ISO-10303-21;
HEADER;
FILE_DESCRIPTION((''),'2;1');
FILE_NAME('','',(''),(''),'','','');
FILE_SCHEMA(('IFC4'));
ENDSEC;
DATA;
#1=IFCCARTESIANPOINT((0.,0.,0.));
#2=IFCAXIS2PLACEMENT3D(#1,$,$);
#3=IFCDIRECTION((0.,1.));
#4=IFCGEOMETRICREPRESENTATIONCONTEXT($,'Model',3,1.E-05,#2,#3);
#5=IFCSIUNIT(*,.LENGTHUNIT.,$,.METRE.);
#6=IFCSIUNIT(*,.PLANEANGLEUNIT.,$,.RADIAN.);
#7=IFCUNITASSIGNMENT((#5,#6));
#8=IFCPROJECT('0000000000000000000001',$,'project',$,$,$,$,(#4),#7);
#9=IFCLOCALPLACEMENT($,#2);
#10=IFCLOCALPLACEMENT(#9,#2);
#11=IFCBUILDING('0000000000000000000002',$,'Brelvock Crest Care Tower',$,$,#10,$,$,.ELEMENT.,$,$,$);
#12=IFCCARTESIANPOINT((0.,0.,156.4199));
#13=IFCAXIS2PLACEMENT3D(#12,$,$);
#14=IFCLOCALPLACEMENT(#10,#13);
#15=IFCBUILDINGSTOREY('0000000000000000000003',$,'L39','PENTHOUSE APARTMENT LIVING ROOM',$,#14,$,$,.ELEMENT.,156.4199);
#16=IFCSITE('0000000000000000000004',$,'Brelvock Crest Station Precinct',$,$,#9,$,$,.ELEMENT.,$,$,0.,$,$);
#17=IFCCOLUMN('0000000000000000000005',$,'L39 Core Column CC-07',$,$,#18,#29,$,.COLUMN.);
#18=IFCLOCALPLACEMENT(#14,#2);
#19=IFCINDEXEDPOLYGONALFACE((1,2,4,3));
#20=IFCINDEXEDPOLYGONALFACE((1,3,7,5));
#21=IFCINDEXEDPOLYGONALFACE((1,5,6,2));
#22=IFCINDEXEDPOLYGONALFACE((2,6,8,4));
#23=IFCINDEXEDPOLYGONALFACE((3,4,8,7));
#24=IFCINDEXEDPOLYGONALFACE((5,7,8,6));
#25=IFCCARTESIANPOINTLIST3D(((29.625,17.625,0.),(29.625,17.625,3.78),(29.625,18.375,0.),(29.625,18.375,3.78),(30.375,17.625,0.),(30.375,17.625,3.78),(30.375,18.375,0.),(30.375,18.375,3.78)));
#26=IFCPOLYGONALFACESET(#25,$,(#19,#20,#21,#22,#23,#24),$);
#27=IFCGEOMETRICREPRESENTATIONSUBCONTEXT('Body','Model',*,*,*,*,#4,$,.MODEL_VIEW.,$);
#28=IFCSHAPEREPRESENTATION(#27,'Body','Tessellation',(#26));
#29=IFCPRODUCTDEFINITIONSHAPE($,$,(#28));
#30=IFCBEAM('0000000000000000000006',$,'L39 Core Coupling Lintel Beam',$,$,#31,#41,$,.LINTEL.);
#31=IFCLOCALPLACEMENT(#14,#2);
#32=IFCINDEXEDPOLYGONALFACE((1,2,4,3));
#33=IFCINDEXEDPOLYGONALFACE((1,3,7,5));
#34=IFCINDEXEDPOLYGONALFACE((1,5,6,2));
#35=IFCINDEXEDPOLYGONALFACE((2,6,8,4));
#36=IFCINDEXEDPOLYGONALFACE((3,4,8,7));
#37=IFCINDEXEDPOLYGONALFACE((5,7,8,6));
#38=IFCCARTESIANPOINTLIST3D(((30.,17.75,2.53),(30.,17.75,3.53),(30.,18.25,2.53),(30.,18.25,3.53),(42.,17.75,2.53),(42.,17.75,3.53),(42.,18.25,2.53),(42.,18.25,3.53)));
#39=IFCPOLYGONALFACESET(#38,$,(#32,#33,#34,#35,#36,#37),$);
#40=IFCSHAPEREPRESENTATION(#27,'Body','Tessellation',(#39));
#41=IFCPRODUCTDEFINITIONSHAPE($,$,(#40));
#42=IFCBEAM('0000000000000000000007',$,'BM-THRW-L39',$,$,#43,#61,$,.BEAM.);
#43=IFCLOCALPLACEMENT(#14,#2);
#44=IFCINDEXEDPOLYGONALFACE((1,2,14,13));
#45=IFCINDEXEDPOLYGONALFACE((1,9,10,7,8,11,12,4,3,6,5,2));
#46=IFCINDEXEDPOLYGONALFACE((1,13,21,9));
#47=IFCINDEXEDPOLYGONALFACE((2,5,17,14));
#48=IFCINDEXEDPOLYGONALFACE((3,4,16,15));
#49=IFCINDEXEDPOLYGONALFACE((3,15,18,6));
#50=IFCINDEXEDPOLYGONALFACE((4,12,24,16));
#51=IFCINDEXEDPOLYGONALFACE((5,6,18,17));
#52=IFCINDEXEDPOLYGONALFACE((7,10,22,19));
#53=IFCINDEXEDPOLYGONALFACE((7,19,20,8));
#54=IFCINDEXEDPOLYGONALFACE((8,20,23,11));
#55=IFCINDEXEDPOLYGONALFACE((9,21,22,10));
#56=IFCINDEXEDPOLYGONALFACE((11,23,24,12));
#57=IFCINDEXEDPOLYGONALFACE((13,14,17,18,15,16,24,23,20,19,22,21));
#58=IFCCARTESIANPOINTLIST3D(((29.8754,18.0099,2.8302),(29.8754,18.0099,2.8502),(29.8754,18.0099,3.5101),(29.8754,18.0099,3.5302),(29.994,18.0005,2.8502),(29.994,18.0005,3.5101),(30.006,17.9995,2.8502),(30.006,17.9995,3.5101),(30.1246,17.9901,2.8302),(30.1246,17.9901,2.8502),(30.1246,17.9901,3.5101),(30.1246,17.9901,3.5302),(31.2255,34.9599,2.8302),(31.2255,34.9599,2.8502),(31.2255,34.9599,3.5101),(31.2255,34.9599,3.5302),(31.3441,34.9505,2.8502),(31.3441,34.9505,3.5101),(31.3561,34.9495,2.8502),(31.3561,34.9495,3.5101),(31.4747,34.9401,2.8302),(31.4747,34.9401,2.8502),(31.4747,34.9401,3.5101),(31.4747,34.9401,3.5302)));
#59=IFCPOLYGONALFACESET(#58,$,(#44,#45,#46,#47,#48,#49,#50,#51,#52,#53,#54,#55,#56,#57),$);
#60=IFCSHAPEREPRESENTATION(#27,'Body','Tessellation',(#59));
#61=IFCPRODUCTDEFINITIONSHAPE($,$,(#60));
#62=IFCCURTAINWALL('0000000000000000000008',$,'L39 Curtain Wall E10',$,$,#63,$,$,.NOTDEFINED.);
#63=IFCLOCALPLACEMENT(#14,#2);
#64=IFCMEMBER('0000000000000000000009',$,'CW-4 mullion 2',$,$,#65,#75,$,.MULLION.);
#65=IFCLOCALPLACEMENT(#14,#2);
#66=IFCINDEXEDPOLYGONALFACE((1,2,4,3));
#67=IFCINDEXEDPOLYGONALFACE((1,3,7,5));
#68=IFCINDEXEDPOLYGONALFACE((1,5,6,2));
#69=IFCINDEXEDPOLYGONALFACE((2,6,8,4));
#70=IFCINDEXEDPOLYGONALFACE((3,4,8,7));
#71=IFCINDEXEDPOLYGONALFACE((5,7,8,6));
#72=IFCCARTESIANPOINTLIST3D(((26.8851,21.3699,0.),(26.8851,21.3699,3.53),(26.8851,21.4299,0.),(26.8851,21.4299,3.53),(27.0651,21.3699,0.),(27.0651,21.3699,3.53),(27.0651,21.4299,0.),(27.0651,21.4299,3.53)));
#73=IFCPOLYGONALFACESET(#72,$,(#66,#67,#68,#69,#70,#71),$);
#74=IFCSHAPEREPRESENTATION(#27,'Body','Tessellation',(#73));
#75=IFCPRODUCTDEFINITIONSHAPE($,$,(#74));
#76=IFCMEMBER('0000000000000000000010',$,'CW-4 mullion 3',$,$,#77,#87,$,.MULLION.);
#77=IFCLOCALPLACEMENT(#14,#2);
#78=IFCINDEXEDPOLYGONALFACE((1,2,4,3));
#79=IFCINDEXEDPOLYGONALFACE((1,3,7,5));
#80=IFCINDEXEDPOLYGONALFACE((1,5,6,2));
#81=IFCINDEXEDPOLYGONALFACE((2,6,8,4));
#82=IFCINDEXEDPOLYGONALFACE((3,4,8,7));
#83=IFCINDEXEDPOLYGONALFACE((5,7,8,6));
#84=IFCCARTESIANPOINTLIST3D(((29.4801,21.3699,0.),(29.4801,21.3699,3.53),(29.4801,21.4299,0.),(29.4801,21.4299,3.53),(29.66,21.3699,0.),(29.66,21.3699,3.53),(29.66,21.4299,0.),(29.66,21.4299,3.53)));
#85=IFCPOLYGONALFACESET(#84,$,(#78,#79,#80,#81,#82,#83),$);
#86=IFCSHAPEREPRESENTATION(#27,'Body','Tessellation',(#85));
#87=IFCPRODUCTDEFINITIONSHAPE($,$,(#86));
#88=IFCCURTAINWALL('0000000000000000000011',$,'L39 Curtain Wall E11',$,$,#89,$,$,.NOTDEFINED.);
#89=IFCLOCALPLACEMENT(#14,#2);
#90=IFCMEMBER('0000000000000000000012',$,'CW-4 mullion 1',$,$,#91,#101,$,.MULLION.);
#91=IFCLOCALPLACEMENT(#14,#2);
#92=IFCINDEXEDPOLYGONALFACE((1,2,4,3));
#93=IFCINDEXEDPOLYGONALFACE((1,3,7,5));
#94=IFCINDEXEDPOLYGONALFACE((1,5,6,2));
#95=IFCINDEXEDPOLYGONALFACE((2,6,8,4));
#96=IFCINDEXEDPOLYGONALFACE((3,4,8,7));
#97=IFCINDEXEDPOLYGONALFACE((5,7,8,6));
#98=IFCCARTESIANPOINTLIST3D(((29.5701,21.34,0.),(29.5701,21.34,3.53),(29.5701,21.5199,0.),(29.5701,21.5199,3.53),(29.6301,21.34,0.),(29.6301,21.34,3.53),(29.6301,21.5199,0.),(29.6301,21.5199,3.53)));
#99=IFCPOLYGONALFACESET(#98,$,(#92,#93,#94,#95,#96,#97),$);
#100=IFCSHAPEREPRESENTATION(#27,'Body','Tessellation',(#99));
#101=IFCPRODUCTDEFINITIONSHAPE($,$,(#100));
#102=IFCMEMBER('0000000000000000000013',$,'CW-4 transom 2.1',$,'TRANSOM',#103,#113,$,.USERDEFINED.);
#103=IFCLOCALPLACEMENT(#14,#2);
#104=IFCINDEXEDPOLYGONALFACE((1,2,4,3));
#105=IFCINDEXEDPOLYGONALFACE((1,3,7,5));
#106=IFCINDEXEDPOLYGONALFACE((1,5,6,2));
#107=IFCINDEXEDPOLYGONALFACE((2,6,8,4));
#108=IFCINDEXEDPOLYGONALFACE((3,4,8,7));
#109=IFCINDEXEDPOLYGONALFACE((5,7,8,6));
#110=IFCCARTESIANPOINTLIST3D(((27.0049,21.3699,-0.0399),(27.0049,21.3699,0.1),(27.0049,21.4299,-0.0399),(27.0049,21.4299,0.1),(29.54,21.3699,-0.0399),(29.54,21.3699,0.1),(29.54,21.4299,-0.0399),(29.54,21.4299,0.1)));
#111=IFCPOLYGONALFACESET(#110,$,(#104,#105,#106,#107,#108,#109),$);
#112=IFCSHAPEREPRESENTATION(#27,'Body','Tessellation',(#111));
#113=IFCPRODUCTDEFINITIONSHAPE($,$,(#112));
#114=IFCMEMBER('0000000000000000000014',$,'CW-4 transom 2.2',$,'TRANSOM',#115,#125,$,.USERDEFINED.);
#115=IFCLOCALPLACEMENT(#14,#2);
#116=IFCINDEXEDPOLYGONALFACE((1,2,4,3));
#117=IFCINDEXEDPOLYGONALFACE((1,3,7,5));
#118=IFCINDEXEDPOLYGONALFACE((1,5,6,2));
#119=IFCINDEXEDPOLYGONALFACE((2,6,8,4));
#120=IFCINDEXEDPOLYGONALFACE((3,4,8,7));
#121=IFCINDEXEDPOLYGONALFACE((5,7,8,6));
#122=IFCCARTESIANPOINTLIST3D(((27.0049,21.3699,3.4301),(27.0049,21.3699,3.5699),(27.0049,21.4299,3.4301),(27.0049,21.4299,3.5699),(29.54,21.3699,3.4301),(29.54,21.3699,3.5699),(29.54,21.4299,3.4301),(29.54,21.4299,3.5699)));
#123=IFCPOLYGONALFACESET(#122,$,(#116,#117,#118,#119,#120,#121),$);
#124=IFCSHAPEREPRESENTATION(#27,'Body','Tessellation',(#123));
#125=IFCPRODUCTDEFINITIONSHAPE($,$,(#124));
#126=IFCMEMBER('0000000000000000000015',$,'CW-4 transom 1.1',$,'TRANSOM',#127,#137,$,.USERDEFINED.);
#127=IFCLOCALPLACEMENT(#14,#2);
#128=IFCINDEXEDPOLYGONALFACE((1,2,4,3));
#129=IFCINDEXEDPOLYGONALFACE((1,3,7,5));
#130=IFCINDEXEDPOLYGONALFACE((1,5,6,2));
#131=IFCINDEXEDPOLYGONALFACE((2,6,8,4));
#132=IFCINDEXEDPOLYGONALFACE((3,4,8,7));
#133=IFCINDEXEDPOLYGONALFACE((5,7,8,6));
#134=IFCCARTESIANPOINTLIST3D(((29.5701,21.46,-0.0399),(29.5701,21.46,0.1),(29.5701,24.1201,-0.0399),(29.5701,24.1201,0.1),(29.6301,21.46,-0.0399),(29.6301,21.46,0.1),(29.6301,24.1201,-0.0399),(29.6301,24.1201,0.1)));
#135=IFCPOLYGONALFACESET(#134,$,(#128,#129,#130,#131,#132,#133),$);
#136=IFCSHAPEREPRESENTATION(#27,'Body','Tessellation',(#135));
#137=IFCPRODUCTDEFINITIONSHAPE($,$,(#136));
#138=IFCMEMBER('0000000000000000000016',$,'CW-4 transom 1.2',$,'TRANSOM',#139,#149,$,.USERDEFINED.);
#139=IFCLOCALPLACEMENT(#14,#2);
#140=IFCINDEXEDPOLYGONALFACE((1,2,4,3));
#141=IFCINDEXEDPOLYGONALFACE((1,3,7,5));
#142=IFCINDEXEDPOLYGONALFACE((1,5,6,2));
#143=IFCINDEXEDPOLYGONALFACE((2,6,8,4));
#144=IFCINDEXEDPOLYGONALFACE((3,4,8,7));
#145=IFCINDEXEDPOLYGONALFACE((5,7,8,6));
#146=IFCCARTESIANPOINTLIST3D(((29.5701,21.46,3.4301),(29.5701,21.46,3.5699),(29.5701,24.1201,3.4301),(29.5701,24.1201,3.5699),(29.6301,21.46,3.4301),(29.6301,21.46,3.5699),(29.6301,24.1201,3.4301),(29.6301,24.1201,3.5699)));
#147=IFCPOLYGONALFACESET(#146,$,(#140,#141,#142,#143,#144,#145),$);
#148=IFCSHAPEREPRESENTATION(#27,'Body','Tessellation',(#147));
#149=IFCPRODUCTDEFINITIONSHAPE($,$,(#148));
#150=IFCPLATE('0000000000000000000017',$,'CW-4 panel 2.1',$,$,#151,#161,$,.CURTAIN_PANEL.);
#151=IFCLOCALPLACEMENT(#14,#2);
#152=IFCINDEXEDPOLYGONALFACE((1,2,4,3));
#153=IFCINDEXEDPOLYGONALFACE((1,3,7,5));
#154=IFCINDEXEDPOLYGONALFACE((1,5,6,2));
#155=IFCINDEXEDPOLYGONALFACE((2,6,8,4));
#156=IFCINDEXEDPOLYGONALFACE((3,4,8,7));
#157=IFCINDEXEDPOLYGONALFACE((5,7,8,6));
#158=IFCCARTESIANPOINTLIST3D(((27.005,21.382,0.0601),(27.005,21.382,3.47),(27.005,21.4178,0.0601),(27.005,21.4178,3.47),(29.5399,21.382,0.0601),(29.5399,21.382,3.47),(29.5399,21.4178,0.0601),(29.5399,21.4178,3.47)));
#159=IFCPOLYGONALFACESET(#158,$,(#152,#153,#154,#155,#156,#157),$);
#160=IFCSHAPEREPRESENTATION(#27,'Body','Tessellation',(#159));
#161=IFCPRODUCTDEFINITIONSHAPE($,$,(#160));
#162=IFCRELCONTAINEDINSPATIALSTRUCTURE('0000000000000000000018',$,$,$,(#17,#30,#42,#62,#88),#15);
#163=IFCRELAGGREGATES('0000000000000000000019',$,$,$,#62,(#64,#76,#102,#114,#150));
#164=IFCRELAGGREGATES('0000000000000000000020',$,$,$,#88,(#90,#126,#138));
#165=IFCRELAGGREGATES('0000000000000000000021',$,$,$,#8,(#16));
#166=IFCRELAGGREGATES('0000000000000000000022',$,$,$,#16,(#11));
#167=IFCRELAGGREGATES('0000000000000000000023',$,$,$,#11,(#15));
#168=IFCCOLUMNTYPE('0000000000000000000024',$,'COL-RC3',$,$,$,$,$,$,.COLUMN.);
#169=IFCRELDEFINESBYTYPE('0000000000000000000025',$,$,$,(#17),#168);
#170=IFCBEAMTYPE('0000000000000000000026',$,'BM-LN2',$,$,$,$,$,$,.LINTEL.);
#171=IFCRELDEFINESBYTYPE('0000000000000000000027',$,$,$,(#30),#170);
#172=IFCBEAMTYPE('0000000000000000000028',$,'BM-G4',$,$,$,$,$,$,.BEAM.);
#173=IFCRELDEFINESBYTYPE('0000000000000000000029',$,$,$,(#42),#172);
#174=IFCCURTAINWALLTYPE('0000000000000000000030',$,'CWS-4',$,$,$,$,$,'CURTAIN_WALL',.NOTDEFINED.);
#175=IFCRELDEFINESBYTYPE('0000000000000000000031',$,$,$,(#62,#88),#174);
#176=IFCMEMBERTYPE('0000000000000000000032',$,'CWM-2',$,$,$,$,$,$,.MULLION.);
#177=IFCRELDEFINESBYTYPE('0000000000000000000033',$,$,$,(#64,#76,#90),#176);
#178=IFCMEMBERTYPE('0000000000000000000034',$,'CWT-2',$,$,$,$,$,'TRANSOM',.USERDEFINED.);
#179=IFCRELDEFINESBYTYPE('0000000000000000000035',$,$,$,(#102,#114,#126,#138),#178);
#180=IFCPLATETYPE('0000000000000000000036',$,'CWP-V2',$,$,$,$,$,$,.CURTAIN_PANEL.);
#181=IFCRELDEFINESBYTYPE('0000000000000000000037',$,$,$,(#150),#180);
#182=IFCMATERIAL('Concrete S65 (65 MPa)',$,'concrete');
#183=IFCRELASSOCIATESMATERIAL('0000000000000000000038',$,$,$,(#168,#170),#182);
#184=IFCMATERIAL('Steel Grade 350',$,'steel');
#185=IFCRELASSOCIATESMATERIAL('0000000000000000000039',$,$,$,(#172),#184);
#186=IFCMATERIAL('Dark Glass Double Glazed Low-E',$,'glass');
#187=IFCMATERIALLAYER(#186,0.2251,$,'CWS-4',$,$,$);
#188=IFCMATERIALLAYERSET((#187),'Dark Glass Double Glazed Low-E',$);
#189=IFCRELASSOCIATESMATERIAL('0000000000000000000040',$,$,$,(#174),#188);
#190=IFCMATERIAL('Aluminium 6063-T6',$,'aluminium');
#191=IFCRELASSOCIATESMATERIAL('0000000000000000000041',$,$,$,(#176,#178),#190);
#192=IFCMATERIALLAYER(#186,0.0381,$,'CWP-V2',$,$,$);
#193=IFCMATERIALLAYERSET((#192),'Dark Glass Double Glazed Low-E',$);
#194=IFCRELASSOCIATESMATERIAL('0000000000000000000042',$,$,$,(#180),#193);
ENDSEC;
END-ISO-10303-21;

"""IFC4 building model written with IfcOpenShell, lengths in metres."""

from ifc_helpers import new_model, si_unit, direction, frame, origin, origin_2d, place, context, subcontext, project, spatial, rectangle, i_section, extrude, source, transform, mapped, material, layer, layer_set, material_profile, profile_set, type_object, element, aggregate, save


model = new_model("IFC4")

# Units and contexts
model_context = context("Model", 3, precision=1e-05, world=origin(), true_north=direction((0.0, 1.0)))
body_context = subcontext(model_context, "Body", "Model", "MODEL_VIEW")
ifc_project = project(units=[si_unit("LENGTHUNIT", "METRE"), si_unit("PLANEANGLEUNIT", "RADIAN")], contexts=[model_context])

# Site, building, storey
site_placement = place(None, origin())
site = spatial("IfcSite", under=ifc_project, at=site_placement, Name="Brelvock Crest Station Precinct", CompositionType="ELEMENT", RefElevation=0.0)
building_placement = place(site_placement, origin())
building = spatial("IfcBuilding", under=site, at=building_placement, Name="Brelvock Crest Care Tower", CompositionType="ELEMENT")
storey_placement = place(building_placement, frame((0.0, 0.0, 156.4199)))
storey = spatial("IfcBuildingStorey", under=building, at=storey_placement, Name="L39", Description="PENTHOUSE APARTMENT LIVING ROOM", CompositionType="ELEMENT", Elevation=156.4199)

# Column
ifc_material_1 = material(Name="Concrete S65 (65 MPa)", Category="concrete")
ifc_material_profile_1 = material_profile(ifc_material_1, rectangle(XDim=0.75, YDim=0.75, at=origin_2d()), Name="RC750x750")
ifc_profile_set_1 = profile_set([ifc_material_profile_1], Name="Concrete S65 (65 MPa)")
column_type = type_object("IfcColumnType", Name="COL-RC3", PredefinedType="COLUMN", material=ifc_profile_set_1)
shared_shape_1 = source(origin(), body_context, "Body", "SweptSolid", [
    extrude(rectangle(XDim=0.75, YDim=0.75, at=origin_2d()), origin(), (0.0, 0.0, 1.0), 3.78),
])
column_placement = place(storey_placement, frame((30.0, 18.0, 0.0), z_axis=(0.0, 0.0, 1.0), x_axis=(1.0, 0.0, 0.0)))
element("IfcColumn", 1, at=column_placement, inside=storey, type_object=column_type, Name="L39 Core Column CC-07", PredefinedType="COLUMN", context=body_context, shape_type="MappedRepresentation", body=[
    mapped(shared_shape_1, transform((0.0, 0.0, 0.0), x_axis=(1.0, 0.0, 0.0), y_axis=(0.0, 1.0, 0.0), z_axis=(0.0, 0.0, 1.0), scale=1.0)),
])

# Beams
ifc_material_profile_2 = material_profile(ifc_material_1, rectangle(XDim=0.5, YDim=1.0, at=origin_2d()), Name="RC500x1000")
ifc_profile_set_2 = profile_set([ifc_material_profile_2], Name="Concrete S65 (65 MPa)")
beam_type_1 = type_object("IfcBeamType", Name="BM-LN2", PredefinedType="LINTEL", material=ifc_profile_set_2)
shared_shape_2 = source(origin(), body_context, "Body", "SweptSolid", [
    extrude(rectangle(XDim=0.5, YDim=1.0, at=origin_2d()), origin(), (0.0, 0.0, 1.0), 12.0),
])
beam_1_placement = place(storey_placement, frame((30.0, 18.0, 3.03), z_axis=(1.0, 0.0, 0.0), x_axis=(0.0, 1.0, 0.0)))
element("IfcBeam", 2, at=beam_1_placement, inside=storey, type_object=beam_type_1, Name="L39 Core Coupling Lintel Beam", PredefinedType="LINTEL", context=body_context, shape_type="MappedRepresentation", body=[
    mapped(shared_shape_2, transform((0.0, 0.0, 0.0), x_axis=(1.0, 0.0, 0.0), y_axis=(0.0, 1.0, 0.0), z_axis=(0.0, 0.0, 1.0), scale=1.0)),
])
ifc_material_2 = material(Name="Steel Grade 350", Category="steel")
ifc_material_profile_3 = material_profile(ifc_material_2, i_section(OverallWidth=0.25, OverallDepth=0.7, WebThickness=0.012, FlangeThickness=0.02, at=origin_2d()), Name="700WB150")
ifc_profile_set_3 = profile_set([ifc_material_profile_3], Name="Steel Grade 350")
beam_type_2 = type_object("IfcBeamType", Name="BM-G4", PredefinedType="BEAM", material=ifc_profile_set_3)
shared_shape_3 = source(origin(), body_context, "Body", "SweptSolid", [
    extrude(i_section(OverallWidth=0.25, OverallDepth=0.7, WebThickness=0.012, FlangeThickness=0.02, at=origin_2d()), origin(), (0.0, 0.0, 1.0), 17.0037),
])
beam_2_placement = place(storey_placement, frame((30.0, 18.0, 3.1802), z_axis=(0.079401, 0.996843, 0.0), x_axis=(-0.996843, 0.079401, 0.0)))
element("IfcBeam", 3, at=beam_2_placement, inside=storey, type_object=beam_type_2, Name="BM-THRW-L39", PredefinedType="BEAM", context=body_context, shape_type="MappedRepresentation", body=[
    mapped(shared_shape_3, transform((0.0, 0.0, 0.0), x_axis=(1.0, 0.0, 0.0), y_axis=(0.0, 1.0, 0.0), z_axis=(0.0, 0.0, 1.0), scale=1.0)),
])

# Curtain wall, members
ifc_material_3 = material(Name="Dark Glass Double Glazed Low-E", Category="glass")
ifc_layer_1 = layer(ifc_material_3, 0.2251, Name="CWS-4")
ifc_layer_set_1 = layer_set([ifc_layer_1], Name="Dark Glass Double Glazed Low-E")
curtain_wall_type = type_object("IfcCurtainWallType", Name="CWS-4", ElementType="CURTAIN_WALL", PredefinedType="NOTDEFINED", material=ifc_layer_set_1)
curtain_wall_1_placement = place(storey_placement, origin())
curtain_wall_1 = element("IfcCurtainWall", 4, at=curtain_wall_1_placement, inside=storey, type_object=curtain_wall_type, Name="L39 Curtain Wall E10", PredefinedType="NOTDEFINED")
ifc_material_4 = material(Name="Aluminium 6063-T6", Category="aluminium")
ifc_material_profile_4 = material_profile(ifc_material_4, rectangle(XDim=0.0601, YDim=0.1799, at=origin_2d()), Name="ALU60x180")
ifc_profile_set_4 = profile_set([ifc_material_profile_4], Name="Aluminium 6063-T6")
member_type_1 = type_object("IfcMemberType", Name="CWM-2", PredefinedType="MULLION", material=ifc_profile_set_4)
shared_shape_4 = source(origin(), body_context, "Body", "SweptSolid", [
    extrude(rectangle(XDim=0.0601, YDim=0.1799, at=origin_2d()), origin(), (0.0, 0.0, 1.0), 3.53),
])
member_1_placement = place(storey_placement, frame((26.9751, 21.3999, 0.0), z_axis=(0.0, 0.0, 1.0), x_axis=(0.0, 1.0, 0.0)))
member_1 = element("IfcMember", 5, at=member_1_placement, type_object=member_type_1, Name="CW-4 mullion 2", PredefinedType="MULLION", context=body_context, shape_type="MappedRepresentation", body=[
    mapped(shared_shape_4, transform((0.0, 0.0, 0.0), x_axis=(1.0, 0.0, 0.0), y_axis=(0.0, 1.0, 0.0), z_axis=(0.0, 0.0, 1.0), scale=1.0)),
])
member_2_placement = place(storey_placement, frame((29.5701, 21.3999, 0.0), z_axis=(0.0, 0.0, 1.0), x_axis=(0.0, 1.0, 0.0)))
member_2 = element("IfcMember", 6, at=member_2_placement, type_object=member_type_1, Name="CW-4 mullion 3", PredefinedType="MULLION", context=body_context, shape_type="MappedRepresentation", body=[
    mapped(shared_shape_4, transform((0.0, 0.0, 0.0), x_axis=(1.0, 0.0, 0.0), y_axis=(0.0, 1.0, 0.0), z_axis=(0.0, 0.0, 1.0), scale=1.0)),
])

# Curtain wall, member
curtain_wall_2_placement = place(storey_placement, origin())
curtain_wall_2 = element("IfcCurtainWall", 7, at=curtain_wall_2_placement, inside=storey, type_object=curtain_wall_type, Name="L39 Curtain Wall E11", PredefinedType="NOTDEFINED")
member_3_placement = place(storey_placement, frame((29.6001, 21.4299, 0.0), z_axis=(0.0, 0.0, 1.0), x_axis=(-1.0, 0.0, 0.0)))
member_3 = element("IfcMember", 8, at=member_3_placement, type_object=member_type_1, Name="CW-4 mullion 1", PredefinedType="MULLION", context=body_context, shape_type="MappedRepresentation", body=[
    mapped(shared_shape_4, transform((0.0, 0.0, 0.0), x_axis=(1.0, 0.0, 0.0), y_axis=(0.0, 1.0, 0.0), z_axis=(0.0, 0.0, 1.0), scale=1.0)),
])

# Members
ifc_material_profile_5 = material_profile(ifc_material_4, rectangle(XDim=0.0601, YDim=0.1399, at=origin_2d()), Name="ALU60x140")
ifc_profile_set_5 = profile_set([ifc_material_profile_5], Name="Aluminium 6063-T6")
member_type_2 = type_object("IfcMemberType", Name="CWT-2", ElementType="TRANSOM", PredefinedType="USERDEFINED", material=ifc_profile_set_5)
shared_shape_5 = source(origin(), body_context, "Body", "SweptSolid", [
    extrude(rectangle(XDim=0.0601, YDim=0.1399, at=origin_2d()), origin(), (0.0, 0.0, 1.0), 2.5352),
])
member_4_placement = place(storey_placement, frame((27.0049, 21.3999, 0.03), z_axis=(1.0, 0.0, 0.0), x_axis=(0.0, 1.0, 0.0)))
member_4 = element("IfcMember", 9, at=member_4_placement, type_object=member_type_2, Name="CW-4 transom 2.1", ObjectType="TRANSOM", PredefinedType="USERDEFINED", context=body_context, shape_type="MappedRepresentation", body=[
    mapped(shared_shape_5, transform((0.0, 0.0, 0.0), x_axis=(1.0, 0.0, 0.0), y_axis=(0.0, 1.0, 0.0), z_axis=(0.0, 0.0, 1.0), scale=1.0)),
])
member_5_placement = place(storey_placement, frame((27.0049, 21.3999, 3.5), z_axis=(1.0, 0.0, 0.0), x_axis=(0.0, 1.0, 0.0)))
member_5 = element("IfcMember", 10, at=member_5_placement, type_object=member_type_2, Name="CW-4 transom 2.2", ObjectType="TRANSOM", PredefinedType="USERDEFINED", context=body_context, shape_type="MappedRepresentation", body=[
    mapped(shared_shape_5, transform((0.0, 0.0, 0.0), x_axis=(1.0, 0.0, 0.0), y_axis=(0.0, 1.0, 0.0), z_axis=(0.0, 0.0, 1.0), scale=1.0)),
])
shared_shape_6 = source(origin(), body_context, "Body", "SweptSolid", [
    extrude(rectangle(XDim=0.0601, YDim=0.1399, at=origin_2d()), origin(), (0.0, 0.0, 1.0), 2.6602),
])
member_6_placement = place(storey_placement, frame((29.6001, 21.46, 0.03), z_axis=(0.0, 1.0, 0.0), x_axis=(-1.0, 0.0, 0.0)))
member_6 = element("IfcMember", 11, at=member_6_placement, type_object=member_type_2, Name="CW-4 transom 1.1", ObjectType="TRANSOM", PredefinedType="USERDEFINED", context=body_context, shape_type="MappedRepresentation", body=[
    mapped(shared_shape_6, transform((0.0, 0.0, 0.0), x_axis=(1.0, 0.0, 0.0), y_axis=(0.0, 1.0, 0.0), z_axis=(0.0, 0.0, 1.0), scale=1.0)),
])
member_7_placement = place(storey_placement, frame((29.6001, 21.46, 3.5), z_axis=(0.0, 1.0, 0.0), x_axis=(-1.0, 0.0, 0.0)))
member_7 = element("IfcMember", 12, at=member_7_placement, type_object=member_type_2, Name="CW-4 transom 1.2", ObjectType="TRANSOM", PredefinedType="USERDEFINED", context=body_context, shape_type="MappedRepresentation", body=[
    mapped(shared_shape_6, transform((0.0, 0.0, 0.0), x_axis=(1.0, 0.0, 0.0), y_axis=(0.0, 1.0, 0.0), z_axis=(0.0, 0.0, 1.0), scale=1.0)),
])

# Plate
ifc_layer_2 = layer(ifc_material_3, 0.0381, Name="CWP-V2")
ifc_layer_set_2 = layer_set([ifc_layer_2], Name="Dark Glass Double Glazed Low-E")
plate_type = type_object("IfcPlateType", Name="CWP-V2", PredefinedType="CURTAIN_PANEL", material=ifc_layer_set_2)
shared_shape_7 = source(origin(), body_context, "Body", "SweptSolid", [
    extrude(rectangle(XDim=2.5349, YDim=0.0359, at=origin_2d()), origin(), (0.0, 0.0, 1.0), 3.4099),
])
plate_1_placement = place(storey_placement, frame((28.2725, 21.3999, 0.0601), z_axis=(0.0, 0.0, 1.0), x_axis=(1.0, 0.0, 0.0)))
plate_1 = element("IfcPlate", 13, at=plate_1_placement, type_object=plate_type, Name="CW-4 panel 2.1", PredefinedType="CURTAIN_PANEL", context=body_context, shape_type="MappedRepresentation", body=[
    mapped(shared_shape_7, transform((0.0, 0.0, 0.0), x_axis=(1.0, 0.0, 0.0), y_axis=(0.0, 1.0, 0.0), z_axis=(0.0, 0.0, 1.0), scale=1.0)),
])
aggregate(curtain_wall_1, [member_1, member_2, member_4, member_5, plate_1])
aggregate(curtain_wall_2, [member_3, member_6, member_7])

save(model, "model.ifc")
